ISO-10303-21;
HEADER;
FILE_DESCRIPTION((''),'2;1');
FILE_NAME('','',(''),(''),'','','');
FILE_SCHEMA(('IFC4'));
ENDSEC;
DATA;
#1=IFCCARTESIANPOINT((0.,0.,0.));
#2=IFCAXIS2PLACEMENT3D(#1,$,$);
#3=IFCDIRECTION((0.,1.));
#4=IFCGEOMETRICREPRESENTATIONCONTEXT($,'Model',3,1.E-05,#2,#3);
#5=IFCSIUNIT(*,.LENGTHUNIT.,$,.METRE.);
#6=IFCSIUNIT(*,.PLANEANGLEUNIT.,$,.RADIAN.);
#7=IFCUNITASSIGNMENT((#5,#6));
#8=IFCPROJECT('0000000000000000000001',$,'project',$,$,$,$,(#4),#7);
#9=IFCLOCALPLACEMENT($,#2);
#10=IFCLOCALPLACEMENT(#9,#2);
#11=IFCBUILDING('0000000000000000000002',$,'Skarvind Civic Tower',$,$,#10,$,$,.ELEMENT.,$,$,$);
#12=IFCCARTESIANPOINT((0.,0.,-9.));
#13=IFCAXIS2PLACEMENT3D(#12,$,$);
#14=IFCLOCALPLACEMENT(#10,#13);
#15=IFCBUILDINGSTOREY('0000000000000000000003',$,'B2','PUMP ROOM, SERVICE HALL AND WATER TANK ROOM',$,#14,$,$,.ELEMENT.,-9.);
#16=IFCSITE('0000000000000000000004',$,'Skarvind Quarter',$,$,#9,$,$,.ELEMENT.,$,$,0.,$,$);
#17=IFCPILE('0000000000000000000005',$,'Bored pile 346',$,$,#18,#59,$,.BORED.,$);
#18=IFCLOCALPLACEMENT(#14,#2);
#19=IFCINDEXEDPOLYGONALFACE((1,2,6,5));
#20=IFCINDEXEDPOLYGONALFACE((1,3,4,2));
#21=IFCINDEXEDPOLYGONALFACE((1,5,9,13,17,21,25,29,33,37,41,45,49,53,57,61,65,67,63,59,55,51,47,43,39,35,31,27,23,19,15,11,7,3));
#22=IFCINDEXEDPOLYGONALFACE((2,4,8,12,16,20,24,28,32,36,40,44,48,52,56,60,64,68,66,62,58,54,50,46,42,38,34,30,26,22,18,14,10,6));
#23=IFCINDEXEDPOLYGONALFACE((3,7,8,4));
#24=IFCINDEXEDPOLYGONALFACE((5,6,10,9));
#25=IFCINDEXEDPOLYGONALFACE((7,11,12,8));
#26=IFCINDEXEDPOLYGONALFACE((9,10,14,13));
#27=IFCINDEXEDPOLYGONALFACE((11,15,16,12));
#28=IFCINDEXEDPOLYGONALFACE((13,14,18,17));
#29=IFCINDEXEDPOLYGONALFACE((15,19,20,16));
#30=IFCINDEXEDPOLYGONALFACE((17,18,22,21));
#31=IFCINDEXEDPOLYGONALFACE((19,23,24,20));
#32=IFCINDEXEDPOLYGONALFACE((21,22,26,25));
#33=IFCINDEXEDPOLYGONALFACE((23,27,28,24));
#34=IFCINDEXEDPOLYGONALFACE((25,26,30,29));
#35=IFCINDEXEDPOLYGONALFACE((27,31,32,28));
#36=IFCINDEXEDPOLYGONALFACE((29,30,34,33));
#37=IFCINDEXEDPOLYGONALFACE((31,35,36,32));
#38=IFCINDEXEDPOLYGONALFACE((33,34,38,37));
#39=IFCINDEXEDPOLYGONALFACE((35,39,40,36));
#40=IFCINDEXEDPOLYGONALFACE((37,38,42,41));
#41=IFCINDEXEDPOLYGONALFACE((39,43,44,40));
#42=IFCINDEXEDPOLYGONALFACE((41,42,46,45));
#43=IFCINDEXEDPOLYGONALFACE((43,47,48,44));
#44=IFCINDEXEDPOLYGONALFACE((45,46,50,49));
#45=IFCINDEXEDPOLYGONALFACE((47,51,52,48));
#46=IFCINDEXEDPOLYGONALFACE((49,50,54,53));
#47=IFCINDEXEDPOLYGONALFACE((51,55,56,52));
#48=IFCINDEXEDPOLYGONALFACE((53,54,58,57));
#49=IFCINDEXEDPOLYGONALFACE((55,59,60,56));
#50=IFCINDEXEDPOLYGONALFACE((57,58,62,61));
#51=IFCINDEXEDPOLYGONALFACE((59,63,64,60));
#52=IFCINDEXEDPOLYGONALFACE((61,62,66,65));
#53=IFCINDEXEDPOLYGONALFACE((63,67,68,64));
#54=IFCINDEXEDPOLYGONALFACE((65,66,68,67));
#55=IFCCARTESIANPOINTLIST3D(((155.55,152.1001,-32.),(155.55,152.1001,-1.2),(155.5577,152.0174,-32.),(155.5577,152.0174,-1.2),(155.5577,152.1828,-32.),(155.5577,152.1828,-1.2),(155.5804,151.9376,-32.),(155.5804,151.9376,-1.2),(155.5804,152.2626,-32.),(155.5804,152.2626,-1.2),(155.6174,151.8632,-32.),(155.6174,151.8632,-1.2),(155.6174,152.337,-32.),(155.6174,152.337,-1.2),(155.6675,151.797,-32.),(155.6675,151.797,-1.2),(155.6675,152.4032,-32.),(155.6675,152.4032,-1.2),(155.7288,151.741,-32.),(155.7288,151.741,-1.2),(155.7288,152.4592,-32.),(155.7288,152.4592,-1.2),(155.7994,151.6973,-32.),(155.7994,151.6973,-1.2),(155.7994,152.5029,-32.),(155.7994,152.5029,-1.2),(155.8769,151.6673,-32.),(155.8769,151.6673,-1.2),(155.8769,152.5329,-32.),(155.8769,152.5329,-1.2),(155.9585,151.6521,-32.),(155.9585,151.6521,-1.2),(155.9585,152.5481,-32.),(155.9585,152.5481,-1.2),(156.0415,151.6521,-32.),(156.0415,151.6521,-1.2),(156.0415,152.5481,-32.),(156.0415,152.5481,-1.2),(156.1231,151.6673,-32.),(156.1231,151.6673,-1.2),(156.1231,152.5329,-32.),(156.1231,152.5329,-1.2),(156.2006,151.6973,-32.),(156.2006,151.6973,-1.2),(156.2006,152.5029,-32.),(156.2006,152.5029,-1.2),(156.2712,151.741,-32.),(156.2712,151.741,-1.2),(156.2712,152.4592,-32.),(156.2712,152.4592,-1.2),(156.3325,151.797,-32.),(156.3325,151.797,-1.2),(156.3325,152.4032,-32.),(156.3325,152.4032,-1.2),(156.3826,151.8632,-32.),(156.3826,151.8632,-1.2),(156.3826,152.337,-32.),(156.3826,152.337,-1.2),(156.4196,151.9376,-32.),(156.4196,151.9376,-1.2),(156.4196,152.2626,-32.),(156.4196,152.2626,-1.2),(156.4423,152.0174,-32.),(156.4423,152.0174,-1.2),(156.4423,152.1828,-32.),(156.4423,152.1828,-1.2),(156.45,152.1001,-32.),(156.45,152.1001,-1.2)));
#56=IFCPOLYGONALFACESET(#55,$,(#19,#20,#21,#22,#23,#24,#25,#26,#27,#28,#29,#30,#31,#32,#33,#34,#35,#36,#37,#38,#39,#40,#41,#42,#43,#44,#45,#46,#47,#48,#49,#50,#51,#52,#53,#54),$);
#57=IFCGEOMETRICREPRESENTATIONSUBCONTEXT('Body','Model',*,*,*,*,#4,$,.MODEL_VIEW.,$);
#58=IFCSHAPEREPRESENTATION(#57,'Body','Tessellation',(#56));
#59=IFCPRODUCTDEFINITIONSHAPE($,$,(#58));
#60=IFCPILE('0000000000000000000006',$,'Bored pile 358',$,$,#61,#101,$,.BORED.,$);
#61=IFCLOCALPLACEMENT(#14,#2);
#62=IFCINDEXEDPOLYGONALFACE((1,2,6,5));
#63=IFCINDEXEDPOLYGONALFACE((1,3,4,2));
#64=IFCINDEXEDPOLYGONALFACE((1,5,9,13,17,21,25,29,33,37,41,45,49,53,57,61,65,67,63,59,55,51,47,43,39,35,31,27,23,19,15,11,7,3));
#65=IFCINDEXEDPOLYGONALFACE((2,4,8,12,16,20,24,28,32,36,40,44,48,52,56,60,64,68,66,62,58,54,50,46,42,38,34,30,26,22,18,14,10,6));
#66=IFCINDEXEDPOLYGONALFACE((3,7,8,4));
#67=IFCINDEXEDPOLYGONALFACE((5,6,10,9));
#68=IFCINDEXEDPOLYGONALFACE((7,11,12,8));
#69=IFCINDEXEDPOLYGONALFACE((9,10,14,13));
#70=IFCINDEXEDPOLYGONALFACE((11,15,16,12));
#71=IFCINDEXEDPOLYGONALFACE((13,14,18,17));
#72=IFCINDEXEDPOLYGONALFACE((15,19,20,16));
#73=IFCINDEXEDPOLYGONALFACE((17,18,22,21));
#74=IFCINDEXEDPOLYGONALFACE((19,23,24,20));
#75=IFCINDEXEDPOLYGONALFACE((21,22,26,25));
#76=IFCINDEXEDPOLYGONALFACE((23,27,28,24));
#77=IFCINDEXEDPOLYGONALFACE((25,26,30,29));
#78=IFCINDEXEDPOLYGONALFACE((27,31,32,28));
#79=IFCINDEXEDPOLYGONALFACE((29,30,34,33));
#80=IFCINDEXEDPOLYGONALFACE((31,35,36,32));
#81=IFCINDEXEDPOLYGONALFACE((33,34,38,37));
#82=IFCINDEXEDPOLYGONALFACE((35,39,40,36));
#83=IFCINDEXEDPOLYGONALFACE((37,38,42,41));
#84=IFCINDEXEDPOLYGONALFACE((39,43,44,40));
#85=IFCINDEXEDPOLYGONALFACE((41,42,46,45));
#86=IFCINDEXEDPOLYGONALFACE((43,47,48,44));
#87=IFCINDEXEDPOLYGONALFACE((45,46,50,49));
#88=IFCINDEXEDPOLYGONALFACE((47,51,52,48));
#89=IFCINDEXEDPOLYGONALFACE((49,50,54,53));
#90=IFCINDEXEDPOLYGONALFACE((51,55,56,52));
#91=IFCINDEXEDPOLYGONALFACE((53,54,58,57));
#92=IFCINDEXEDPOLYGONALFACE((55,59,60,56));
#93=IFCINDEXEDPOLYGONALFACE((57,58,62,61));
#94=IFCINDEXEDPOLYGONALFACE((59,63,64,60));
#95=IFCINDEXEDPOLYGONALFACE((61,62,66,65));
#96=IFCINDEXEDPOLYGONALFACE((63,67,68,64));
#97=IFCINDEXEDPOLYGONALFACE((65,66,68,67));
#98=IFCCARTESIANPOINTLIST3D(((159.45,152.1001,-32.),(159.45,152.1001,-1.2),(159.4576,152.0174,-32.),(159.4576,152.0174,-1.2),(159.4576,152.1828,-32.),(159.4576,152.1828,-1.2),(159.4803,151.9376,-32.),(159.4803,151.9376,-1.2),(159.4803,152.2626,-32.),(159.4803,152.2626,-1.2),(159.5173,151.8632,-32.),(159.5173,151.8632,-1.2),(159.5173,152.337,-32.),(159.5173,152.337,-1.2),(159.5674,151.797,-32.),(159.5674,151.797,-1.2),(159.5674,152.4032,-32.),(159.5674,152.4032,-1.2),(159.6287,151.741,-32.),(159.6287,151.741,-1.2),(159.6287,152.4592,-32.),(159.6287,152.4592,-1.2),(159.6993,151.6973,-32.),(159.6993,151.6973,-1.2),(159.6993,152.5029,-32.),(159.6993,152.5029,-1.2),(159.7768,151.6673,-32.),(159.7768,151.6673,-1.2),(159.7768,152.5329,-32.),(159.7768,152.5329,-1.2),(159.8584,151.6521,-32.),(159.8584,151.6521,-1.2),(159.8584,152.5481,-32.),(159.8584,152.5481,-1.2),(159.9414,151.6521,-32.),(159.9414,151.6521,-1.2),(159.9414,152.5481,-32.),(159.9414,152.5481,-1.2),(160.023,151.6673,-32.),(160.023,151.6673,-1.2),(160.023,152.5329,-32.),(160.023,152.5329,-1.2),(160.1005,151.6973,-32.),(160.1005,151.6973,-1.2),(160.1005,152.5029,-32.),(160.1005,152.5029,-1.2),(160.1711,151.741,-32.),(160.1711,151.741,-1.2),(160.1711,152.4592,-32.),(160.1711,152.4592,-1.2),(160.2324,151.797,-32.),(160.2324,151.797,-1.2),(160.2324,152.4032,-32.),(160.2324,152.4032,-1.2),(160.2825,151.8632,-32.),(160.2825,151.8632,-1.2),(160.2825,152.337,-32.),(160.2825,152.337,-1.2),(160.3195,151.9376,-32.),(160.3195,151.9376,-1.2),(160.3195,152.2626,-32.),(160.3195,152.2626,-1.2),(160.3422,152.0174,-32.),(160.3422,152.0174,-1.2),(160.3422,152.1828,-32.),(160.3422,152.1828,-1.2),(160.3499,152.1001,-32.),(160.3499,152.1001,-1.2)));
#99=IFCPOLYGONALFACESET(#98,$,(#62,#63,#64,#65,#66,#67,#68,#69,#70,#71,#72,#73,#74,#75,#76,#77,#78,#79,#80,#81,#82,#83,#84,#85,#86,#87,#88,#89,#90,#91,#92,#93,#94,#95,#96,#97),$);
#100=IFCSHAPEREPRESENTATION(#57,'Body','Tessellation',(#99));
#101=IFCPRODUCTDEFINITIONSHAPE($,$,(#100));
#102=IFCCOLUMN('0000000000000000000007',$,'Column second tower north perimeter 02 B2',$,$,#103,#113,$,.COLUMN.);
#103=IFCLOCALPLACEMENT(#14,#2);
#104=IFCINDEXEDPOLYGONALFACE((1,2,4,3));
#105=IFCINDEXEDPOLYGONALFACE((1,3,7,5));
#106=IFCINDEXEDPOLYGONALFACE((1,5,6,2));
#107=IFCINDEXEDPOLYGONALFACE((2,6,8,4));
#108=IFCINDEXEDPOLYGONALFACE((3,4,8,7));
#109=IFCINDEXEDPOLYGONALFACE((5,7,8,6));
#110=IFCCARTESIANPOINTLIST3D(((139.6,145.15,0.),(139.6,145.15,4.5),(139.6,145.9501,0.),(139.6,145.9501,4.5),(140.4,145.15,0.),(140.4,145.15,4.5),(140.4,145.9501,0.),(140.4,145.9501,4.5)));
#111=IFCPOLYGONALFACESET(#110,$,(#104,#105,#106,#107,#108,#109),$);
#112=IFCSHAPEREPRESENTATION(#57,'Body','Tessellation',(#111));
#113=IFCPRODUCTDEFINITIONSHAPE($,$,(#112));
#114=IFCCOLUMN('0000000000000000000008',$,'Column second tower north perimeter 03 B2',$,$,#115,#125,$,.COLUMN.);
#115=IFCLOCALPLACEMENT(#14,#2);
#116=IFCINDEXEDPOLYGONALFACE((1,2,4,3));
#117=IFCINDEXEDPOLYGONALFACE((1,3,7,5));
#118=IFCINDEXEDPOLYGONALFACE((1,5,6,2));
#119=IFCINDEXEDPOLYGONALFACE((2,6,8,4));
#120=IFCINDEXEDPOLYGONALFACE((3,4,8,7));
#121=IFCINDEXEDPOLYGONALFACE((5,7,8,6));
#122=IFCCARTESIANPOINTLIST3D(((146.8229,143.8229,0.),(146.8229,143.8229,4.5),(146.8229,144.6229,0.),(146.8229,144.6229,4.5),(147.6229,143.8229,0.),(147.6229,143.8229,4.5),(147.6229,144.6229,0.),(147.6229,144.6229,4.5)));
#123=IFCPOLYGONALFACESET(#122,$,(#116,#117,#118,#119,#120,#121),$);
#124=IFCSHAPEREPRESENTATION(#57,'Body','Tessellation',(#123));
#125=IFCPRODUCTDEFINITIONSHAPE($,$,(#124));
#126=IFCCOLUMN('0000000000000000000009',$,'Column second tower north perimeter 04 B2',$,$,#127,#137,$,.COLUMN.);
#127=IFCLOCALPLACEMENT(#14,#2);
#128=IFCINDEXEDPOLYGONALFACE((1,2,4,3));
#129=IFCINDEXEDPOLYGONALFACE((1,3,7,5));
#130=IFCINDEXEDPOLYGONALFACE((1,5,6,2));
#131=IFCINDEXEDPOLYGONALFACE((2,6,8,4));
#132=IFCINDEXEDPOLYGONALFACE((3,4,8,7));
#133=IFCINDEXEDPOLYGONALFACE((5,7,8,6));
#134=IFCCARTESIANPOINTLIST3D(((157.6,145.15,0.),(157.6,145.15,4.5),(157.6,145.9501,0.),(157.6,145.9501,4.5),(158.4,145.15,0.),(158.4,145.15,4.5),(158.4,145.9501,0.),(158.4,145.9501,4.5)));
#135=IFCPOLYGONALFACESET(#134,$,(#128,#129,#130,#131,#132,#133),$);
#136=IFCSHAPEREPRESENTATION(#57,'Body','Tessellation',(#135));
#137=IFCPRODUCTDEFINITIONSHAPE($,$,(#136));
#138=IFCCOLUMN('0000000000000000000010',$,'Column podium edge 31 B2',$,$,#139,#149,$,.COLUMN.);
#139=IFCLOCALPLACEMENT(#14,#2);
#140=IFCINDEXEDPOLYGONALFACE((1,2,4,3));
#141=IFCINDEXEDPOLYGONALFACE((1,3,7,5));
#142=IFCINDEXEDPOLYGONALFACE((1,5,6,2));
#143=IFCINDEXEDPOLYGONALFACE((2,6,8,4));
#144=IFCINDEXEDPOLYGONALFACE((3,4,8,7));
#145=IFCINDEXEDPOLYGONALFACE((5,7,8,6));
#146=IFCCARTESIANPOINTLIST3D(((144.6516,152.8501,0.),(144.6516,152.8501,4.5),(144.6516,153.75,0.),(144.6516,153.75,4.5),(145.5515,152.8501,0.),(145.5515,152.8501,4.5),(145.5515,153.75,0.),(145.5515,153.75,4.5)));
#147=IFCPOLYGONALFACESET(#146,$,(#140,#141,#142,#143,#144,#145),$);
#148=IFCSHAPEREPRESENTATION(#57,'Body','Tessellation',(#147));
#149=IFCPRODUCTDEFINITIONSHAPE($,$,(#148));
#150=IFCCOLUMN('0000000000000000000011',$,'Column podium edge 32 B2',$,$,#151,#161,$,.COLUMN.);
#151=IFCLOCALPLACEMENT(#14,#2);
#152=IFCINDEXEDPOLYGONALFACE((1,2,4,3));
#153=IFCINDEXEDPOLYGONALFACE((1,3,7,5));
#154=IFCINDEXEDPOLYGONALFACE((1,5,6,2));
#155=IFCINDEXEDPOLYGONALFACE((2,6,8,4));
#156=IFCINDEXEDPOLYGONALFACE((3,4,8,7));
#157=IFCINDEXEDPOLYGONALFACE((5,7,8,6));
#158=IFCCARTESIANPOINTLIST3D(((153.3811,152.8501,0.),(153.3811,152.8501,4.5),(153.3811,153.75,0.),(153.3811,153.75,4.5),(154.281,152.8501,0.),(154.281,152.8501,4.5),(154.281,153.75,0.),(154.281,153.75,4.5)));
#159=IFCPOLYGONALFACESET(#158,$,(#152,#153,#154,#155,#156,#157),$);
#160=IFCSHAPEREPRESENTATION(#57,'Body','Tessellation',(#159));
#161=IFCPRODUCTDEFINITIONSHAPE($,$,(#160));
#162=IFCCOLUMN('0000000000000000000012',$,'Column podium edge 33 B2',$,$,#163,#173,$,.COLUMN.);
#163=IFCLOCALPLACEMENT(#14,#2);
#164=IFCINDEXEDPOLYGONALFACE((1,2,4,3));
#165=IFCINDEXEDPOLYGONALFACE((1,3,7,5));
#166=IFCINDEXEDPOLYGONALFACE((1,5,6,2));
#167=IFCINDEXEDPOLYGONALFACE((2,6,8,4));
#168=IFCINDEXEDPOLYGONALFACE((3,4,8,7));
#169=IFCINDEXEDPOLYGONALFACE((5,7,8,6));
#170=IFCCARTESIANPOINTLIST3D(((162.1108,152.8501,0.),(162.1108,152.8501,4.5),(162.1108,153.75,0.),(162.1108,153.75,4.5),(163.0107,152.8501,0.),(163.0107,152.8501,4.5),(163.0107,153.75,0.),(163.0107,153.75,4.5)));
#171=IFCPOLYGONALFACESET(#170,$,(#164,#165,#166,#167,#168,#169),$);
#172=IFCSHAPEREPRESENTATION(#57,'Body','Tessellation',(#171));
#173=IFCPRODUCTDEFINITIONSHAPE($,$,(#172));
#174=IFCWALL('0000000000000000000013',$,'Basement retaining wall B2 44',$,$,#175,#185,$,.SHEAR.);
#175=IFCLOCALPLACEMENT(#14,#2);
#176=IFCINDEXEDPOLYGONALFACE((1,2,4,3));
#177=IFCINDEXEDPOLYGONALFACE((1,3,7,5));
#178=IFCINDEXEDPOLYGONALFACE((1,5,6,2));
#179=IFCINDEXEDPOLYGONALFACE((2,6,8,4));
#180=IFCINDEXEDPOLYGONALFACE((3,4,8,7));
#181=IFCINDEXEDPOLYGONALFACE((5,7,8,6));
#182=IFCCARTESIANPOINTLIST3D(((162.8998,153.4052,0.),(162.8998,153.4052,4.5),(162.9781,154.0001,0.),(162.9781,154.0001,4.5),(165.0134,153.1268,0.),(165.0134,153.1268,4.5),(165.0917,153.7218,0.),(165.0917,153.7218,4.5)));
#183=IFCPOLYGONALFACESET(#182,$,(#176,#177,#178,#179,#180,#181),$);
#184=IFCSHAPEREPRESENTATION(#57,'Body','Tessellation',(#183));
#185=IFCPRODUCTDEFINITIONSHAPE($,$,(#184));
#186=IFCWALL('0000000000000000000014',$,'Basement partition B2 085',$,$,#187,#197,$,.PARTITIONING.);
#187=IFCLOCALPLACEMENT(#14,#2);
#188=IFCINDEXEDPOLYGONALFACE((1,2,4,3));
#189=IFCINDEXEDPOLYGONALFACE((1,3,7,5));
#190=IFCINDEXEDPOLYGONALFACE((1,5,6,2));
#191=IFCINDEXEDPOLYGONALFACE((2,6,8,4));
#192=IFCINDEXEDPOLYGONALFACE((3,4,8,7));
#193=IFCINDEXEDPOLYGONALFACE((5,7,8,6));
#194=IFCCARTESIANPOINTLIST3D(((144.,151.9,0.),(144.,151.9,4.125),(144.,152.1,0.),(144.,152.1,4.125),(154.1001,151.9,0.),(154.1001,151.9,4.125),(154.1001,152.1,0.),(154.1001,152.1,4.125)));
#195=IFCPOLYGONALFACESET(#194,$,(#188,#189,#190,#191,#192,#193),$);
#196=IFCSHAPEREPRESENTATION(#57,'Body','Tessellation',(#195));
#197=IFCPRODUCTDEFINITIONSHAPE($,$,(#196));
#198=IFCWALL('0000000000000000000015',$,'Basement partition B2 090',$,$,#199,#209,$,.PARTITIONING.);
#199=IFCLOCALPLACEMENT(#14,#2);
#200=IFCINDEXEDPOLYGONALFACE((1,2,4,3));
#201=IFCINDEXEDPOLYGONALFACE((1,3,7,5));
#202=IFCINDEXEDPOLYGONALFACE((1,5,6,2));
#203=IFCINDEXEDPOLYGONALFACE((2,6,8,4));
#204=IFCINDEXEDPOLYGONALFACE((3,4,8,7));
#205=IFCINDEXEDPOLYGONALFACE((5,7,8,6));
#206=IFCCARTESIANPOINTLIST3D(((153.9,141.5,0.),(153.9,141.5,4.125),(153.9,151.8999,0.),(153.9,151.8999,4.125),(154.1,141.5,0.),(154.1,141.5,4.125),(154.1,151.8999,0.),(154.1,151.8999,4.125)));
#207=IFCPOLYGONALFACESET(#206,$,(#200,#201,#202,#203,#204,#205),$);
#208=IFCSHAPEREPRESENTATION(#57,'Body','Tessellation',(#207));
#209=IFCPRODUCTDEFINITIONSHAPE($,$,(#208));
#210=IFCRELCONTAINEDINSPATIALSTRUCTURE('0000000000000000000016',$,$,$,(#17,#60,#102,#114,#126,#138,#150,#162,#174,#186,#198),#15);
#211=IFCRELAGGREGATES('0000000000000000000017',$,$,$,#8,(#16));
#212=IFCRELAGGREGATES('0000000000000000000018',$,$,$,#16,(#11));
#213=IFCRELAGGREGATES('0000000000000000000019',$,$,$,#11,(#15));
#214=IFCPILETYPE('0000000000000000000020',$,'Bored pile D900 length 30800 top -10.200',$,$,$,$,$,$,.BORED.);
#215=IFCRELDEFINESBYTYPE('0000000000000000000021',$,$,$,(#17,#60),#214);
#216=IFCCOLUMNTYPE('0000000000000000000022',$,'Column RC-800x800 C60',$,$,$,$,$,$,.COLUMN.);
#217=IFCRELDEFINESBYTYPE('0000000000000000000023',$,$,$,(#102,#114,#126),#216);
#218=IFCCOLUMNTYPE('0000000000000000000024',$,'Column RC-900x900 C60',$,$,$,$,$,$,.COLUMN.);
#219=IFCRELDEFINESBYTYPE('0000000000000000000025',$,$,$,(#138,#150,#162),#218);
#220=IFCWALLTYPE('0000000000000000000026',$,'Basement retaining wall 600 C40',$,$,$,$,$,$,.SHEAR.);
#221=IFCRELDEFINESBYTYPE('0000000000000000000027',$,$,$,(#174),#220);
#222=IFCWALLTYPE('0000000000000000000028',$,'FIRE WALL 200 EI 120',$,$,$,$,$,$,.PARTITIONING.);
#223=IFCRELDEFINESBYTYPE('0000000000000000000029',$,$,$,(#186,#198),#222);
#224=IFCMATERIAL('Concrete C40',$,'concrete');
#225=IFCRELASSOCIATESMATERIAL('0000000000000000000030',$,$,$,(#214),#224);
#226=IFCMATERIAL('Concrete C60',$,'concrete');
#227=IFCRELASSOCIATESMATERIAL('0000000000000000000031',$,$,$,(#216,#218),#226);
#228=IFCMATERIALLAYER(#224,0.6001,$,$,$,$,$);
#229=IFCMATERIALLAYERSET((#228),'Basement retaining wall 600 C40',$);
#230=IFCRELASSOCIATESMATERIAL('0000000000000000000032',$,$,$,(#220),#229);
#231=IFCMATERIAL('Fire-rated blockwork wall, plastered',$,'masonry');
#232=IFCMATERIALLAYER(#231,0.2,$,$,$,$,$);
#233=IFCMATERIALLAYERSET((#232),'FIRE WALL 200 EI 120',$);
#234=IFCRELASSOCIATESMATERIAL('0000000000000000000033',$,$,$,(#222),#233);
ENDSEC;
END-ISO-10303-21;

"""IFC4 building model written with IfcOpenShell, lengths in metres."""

from ifc_helpers import new_model, si_unit, direction, frame, frame_2d, origin, origin_2d, place, context, subcontext, project, spatial, rectangle, circle, extrude, material, layer, layer_set, material_profile, profile_set, type_object, element, save


model = new_model("IFC4")

# Units and contexts
model_context = context("Model", 3, precision=1e-05, world=origin(), true_north=direction((0.0, 1.0)))
body_context = subcontext(model_context, "Body", "Model", "MODEL_VIEW")
ifc_project = project(units=[si_unit("LENGTHUNIT", "METRE"), si_unit("PLANEANGLEUNIT", "RADIAN")], contexts=[model_context])

# Site, building, storey
site_placement = place(None, origin())
site = spatial("IfcSite", under=ifc_project, at=site_placement, Name="Skarvind Quarter", CompositionType="ELEMENT", RefElevation=0.0)
building_placement = place(site_placement, origin())
building = spatial("IfcBuilding", under=site, at=building_placement, Name="Skarvind Civic Tower", CompositionType="ELEMENT")
storey_placement = place(building_placement, frame((0.0, 0.0, -9.0)))
storey = spatial("IfcBuildingStorey", under=building, at=storey_placement, Name="B2", Description="PUMP ROOM, SERVICE HALL AND WATER TANK ROOM", CompositionType="ELEMENT", Elevation=-9.0)

# Piles
ifc_material_1 = material(Name="Concrete C40", Category="concrete")
pile_type_1 = type_object("IfcPileType", Name="Bored pile D900 length 30800 top -10.200", PredefinedType="BORED", material=ifc_material_1)
for number, where, z_axis, x_axis, name in (
    (1, (156.0, 152.1001, -1.2), (0.0, 0.0, -1.0), (1.0, 0.0, 0.0), "Bored pile 346"),
    (2, (159.8999, 152.1001, -1.2), (0.0, 0.0, -1.0), (1.0, 0.0, 0.0), "Bored pile 358"),
):
    element("IfcPile", number, at=place(storey_placement, frame(where, z_axis=z_axis, x_axis=x_axis)), inside=storey, type_object=pile_type_1, Name=name, PredefinedType="BORED", context=body_context, shape_type="SweptSolid", body=[
        extrude(circle(Radius=0.45, at=origin_2d()), origin(), (0.0, 0.0, 1.0), 30.8),
    ])

# Columns
ifc_material_2 = material(Name="Concrete C60", Category="concrete")
ifc_material_profile_1 = material_profile(ifc_material_2, rectangle(XDim=0.8, YDim=0.8, at=origin_2d()), Name="RC-800x800")
ifc_profile_set_1 = profile_set([ifc_material_profile_1], Name="Concrete C60")
column_type_1 = type_object("IfcColumnType", Name="Column RC-800x800 C60", PredefinedType="COLUMN", material=ifc_profile_set_1)
for number, where, z_axis, x_axis, name in (
    (3, (140.0, 145.55, 0.0), (0.0, 0.0, 1.0), (1.0, 0.0, 0.0), "Column second tower north perimeter 02 B2"),
    (4, (147.2229, 144.2229, 0.0), (0.0, 0.0, 1.0), (1.0, 0.0, 0.0), "Column second tower north perimeter 03 B2"),
    (5, (158.0, 145.55, 0.0), (0.0, 0.0, 1.0), (1.0, 0.0, 0.0), "Column second tower north perimeter 04 B2"),
):
    element("IfcColumn", number, at=place(storey_placement, frame(where, z_axis=z_axis, x_axis=x_axis)), inside=storey, type_object=column_type_1, Name=name, PredefinedType="COLUMN", context=body_context, shape_type="SweptSolid", body=[
        extrude(rectangle(XDim=0.8, YDim=0.8, at=origin_2d()), origin(), (0.0, 0.0, 1.0), 4.5),
    ])
ifc_material_profile_2 = material_profile(ifc_material_2, rectangle(XDim=0.8999, YDim=0.8999, at=origin_2d()), Name="RC-900x900")
ifc_profile_set_2 = profile_set([ifc_material_profile_2], Name="Concrete C60")
column_type_2 = type_object("IfcColumnType", Name="Column RC-900x900 C60", PredefinedType="COLUMN", material=ifc_profile_set_2)
for number, where, z_axis, x_axis, name in (
    (6, (145.1016, 153.3, 0.0), (0.0, 0.0, 1.0), (1.0, 0.0, 0.0), "Column podium edge 31 B2"),
    (7, (153.8311, 153.3, 0.0), (0.0, 0.0, 1.0), (1.0, 0.0, 0.0), "Column podium edge 32 B2"),
    (8, (162.5608, 153.3, 0.0), (0.0, 0.0, 1.0), (1.0, 0.0, 0.0), "Column podium edge 33 B2"),
):
    element("IfcColumn", number, at=place(storey_placement, frame(where, z_axis=z_axis, x_axis=x_axis)), inside=storey, type_object=column_type_2, Name=name, PredefinedType="COLUMN", context=body_context, shape_type="SweptSolid", body=[
        extrude(rectangle(XDim=0.8999, YDim=0.8999, at=origin_2d()), origin(), (0.0, 0.0, 1.0), 4.5),
    ])

# Walls
ifc_layer_1 = layer(ifc_material_1, 0.6001)
ifc_layer_set_1 = layer_set([ifc_layer_1], Name="Basement retaining wall 600 C40")
wall_type_1 = type_object("IfcWallType", Name="Basement retaining wall 600 C40", PredefinedType="SHEAR", material=ifc_layer_set_1)
wall_1_placement = place(storey_placement, frame((162.939, 153.7026, 0.0), z_axis=(0.0, 0.0, 1.0), x_axis=(0.991441, -0.130558, 0.0)))
element("IfcWall", 9, at=wall_1_placement, inside=storey, type_object=wall_type_1, Name="Basement retaining wall B2 44", PredefinedType="SHEAR", context=body_context, shape_type="SweptSolid", body=[
    extrude(rectangle(XDim=2.1318, YDim=0.6001, at=frame_2d((1.0659, 0.0))), origin(), (0.0, 0.0, 1.0), 4.5),
])
ifc_material_3 = material(Name="Fire-rated blockwork wall, plastered", Category="masonry")
ifc_layer_2 = layer(ifc_material_3, 0.2)
ifc_layer_set_2 = layer_set([ifc_layer_2], Name="FIRE WALL 200 EI 120")
wall_type_2 = type_object("IfcWallType", Name="FIRE WALL 200 EI 120", PredefinedType="PARTITIONING", material=ifc_layer_set_2)
wall_2_placement = place(storey_placement, frame((144.0, 152.0, 0.0), z_axis=(0.0, 0.0, 1.0), x_axis=(1.0, 0.0, 0.0)))
element("IfcWall", 10, at=wall_2_placement, inside=storey, type_object=wall_type_2, Name="Basement partition B2 085", PredefinedType="PARTITIONING", context=body_context, shape_type="SweptSolid", body=[
    extrude(rectangle(XDim=10.1001, YDim=0.2, at=frame_2d((5.05, 0.0))), origin(), (0.0, 0.0, 1.0), 4.125),
])
wall_3_placement = place(storey_placement, frame((154.0, 141.5, 0.0), z_axis=(0.0, 0.0, 1.0), x_axis=(0.0, 1.0, 0.0)))
element("IfcWall", 11, at=wall_3_placement, inside=storey, type_object=wall_type_2, Name="Basement partition B2 090", PredefinedType="PARTITIONING", context=body_context, shape_type="SweptSolid", body=[
    extrude(rectangle(XDim=10.3999, YDim=0.2, at=frame_2d((5.2, 0.0))), origin(), (0.0, 0.0, 1.0), 4.125),
])

save(model, "model.ifc")
